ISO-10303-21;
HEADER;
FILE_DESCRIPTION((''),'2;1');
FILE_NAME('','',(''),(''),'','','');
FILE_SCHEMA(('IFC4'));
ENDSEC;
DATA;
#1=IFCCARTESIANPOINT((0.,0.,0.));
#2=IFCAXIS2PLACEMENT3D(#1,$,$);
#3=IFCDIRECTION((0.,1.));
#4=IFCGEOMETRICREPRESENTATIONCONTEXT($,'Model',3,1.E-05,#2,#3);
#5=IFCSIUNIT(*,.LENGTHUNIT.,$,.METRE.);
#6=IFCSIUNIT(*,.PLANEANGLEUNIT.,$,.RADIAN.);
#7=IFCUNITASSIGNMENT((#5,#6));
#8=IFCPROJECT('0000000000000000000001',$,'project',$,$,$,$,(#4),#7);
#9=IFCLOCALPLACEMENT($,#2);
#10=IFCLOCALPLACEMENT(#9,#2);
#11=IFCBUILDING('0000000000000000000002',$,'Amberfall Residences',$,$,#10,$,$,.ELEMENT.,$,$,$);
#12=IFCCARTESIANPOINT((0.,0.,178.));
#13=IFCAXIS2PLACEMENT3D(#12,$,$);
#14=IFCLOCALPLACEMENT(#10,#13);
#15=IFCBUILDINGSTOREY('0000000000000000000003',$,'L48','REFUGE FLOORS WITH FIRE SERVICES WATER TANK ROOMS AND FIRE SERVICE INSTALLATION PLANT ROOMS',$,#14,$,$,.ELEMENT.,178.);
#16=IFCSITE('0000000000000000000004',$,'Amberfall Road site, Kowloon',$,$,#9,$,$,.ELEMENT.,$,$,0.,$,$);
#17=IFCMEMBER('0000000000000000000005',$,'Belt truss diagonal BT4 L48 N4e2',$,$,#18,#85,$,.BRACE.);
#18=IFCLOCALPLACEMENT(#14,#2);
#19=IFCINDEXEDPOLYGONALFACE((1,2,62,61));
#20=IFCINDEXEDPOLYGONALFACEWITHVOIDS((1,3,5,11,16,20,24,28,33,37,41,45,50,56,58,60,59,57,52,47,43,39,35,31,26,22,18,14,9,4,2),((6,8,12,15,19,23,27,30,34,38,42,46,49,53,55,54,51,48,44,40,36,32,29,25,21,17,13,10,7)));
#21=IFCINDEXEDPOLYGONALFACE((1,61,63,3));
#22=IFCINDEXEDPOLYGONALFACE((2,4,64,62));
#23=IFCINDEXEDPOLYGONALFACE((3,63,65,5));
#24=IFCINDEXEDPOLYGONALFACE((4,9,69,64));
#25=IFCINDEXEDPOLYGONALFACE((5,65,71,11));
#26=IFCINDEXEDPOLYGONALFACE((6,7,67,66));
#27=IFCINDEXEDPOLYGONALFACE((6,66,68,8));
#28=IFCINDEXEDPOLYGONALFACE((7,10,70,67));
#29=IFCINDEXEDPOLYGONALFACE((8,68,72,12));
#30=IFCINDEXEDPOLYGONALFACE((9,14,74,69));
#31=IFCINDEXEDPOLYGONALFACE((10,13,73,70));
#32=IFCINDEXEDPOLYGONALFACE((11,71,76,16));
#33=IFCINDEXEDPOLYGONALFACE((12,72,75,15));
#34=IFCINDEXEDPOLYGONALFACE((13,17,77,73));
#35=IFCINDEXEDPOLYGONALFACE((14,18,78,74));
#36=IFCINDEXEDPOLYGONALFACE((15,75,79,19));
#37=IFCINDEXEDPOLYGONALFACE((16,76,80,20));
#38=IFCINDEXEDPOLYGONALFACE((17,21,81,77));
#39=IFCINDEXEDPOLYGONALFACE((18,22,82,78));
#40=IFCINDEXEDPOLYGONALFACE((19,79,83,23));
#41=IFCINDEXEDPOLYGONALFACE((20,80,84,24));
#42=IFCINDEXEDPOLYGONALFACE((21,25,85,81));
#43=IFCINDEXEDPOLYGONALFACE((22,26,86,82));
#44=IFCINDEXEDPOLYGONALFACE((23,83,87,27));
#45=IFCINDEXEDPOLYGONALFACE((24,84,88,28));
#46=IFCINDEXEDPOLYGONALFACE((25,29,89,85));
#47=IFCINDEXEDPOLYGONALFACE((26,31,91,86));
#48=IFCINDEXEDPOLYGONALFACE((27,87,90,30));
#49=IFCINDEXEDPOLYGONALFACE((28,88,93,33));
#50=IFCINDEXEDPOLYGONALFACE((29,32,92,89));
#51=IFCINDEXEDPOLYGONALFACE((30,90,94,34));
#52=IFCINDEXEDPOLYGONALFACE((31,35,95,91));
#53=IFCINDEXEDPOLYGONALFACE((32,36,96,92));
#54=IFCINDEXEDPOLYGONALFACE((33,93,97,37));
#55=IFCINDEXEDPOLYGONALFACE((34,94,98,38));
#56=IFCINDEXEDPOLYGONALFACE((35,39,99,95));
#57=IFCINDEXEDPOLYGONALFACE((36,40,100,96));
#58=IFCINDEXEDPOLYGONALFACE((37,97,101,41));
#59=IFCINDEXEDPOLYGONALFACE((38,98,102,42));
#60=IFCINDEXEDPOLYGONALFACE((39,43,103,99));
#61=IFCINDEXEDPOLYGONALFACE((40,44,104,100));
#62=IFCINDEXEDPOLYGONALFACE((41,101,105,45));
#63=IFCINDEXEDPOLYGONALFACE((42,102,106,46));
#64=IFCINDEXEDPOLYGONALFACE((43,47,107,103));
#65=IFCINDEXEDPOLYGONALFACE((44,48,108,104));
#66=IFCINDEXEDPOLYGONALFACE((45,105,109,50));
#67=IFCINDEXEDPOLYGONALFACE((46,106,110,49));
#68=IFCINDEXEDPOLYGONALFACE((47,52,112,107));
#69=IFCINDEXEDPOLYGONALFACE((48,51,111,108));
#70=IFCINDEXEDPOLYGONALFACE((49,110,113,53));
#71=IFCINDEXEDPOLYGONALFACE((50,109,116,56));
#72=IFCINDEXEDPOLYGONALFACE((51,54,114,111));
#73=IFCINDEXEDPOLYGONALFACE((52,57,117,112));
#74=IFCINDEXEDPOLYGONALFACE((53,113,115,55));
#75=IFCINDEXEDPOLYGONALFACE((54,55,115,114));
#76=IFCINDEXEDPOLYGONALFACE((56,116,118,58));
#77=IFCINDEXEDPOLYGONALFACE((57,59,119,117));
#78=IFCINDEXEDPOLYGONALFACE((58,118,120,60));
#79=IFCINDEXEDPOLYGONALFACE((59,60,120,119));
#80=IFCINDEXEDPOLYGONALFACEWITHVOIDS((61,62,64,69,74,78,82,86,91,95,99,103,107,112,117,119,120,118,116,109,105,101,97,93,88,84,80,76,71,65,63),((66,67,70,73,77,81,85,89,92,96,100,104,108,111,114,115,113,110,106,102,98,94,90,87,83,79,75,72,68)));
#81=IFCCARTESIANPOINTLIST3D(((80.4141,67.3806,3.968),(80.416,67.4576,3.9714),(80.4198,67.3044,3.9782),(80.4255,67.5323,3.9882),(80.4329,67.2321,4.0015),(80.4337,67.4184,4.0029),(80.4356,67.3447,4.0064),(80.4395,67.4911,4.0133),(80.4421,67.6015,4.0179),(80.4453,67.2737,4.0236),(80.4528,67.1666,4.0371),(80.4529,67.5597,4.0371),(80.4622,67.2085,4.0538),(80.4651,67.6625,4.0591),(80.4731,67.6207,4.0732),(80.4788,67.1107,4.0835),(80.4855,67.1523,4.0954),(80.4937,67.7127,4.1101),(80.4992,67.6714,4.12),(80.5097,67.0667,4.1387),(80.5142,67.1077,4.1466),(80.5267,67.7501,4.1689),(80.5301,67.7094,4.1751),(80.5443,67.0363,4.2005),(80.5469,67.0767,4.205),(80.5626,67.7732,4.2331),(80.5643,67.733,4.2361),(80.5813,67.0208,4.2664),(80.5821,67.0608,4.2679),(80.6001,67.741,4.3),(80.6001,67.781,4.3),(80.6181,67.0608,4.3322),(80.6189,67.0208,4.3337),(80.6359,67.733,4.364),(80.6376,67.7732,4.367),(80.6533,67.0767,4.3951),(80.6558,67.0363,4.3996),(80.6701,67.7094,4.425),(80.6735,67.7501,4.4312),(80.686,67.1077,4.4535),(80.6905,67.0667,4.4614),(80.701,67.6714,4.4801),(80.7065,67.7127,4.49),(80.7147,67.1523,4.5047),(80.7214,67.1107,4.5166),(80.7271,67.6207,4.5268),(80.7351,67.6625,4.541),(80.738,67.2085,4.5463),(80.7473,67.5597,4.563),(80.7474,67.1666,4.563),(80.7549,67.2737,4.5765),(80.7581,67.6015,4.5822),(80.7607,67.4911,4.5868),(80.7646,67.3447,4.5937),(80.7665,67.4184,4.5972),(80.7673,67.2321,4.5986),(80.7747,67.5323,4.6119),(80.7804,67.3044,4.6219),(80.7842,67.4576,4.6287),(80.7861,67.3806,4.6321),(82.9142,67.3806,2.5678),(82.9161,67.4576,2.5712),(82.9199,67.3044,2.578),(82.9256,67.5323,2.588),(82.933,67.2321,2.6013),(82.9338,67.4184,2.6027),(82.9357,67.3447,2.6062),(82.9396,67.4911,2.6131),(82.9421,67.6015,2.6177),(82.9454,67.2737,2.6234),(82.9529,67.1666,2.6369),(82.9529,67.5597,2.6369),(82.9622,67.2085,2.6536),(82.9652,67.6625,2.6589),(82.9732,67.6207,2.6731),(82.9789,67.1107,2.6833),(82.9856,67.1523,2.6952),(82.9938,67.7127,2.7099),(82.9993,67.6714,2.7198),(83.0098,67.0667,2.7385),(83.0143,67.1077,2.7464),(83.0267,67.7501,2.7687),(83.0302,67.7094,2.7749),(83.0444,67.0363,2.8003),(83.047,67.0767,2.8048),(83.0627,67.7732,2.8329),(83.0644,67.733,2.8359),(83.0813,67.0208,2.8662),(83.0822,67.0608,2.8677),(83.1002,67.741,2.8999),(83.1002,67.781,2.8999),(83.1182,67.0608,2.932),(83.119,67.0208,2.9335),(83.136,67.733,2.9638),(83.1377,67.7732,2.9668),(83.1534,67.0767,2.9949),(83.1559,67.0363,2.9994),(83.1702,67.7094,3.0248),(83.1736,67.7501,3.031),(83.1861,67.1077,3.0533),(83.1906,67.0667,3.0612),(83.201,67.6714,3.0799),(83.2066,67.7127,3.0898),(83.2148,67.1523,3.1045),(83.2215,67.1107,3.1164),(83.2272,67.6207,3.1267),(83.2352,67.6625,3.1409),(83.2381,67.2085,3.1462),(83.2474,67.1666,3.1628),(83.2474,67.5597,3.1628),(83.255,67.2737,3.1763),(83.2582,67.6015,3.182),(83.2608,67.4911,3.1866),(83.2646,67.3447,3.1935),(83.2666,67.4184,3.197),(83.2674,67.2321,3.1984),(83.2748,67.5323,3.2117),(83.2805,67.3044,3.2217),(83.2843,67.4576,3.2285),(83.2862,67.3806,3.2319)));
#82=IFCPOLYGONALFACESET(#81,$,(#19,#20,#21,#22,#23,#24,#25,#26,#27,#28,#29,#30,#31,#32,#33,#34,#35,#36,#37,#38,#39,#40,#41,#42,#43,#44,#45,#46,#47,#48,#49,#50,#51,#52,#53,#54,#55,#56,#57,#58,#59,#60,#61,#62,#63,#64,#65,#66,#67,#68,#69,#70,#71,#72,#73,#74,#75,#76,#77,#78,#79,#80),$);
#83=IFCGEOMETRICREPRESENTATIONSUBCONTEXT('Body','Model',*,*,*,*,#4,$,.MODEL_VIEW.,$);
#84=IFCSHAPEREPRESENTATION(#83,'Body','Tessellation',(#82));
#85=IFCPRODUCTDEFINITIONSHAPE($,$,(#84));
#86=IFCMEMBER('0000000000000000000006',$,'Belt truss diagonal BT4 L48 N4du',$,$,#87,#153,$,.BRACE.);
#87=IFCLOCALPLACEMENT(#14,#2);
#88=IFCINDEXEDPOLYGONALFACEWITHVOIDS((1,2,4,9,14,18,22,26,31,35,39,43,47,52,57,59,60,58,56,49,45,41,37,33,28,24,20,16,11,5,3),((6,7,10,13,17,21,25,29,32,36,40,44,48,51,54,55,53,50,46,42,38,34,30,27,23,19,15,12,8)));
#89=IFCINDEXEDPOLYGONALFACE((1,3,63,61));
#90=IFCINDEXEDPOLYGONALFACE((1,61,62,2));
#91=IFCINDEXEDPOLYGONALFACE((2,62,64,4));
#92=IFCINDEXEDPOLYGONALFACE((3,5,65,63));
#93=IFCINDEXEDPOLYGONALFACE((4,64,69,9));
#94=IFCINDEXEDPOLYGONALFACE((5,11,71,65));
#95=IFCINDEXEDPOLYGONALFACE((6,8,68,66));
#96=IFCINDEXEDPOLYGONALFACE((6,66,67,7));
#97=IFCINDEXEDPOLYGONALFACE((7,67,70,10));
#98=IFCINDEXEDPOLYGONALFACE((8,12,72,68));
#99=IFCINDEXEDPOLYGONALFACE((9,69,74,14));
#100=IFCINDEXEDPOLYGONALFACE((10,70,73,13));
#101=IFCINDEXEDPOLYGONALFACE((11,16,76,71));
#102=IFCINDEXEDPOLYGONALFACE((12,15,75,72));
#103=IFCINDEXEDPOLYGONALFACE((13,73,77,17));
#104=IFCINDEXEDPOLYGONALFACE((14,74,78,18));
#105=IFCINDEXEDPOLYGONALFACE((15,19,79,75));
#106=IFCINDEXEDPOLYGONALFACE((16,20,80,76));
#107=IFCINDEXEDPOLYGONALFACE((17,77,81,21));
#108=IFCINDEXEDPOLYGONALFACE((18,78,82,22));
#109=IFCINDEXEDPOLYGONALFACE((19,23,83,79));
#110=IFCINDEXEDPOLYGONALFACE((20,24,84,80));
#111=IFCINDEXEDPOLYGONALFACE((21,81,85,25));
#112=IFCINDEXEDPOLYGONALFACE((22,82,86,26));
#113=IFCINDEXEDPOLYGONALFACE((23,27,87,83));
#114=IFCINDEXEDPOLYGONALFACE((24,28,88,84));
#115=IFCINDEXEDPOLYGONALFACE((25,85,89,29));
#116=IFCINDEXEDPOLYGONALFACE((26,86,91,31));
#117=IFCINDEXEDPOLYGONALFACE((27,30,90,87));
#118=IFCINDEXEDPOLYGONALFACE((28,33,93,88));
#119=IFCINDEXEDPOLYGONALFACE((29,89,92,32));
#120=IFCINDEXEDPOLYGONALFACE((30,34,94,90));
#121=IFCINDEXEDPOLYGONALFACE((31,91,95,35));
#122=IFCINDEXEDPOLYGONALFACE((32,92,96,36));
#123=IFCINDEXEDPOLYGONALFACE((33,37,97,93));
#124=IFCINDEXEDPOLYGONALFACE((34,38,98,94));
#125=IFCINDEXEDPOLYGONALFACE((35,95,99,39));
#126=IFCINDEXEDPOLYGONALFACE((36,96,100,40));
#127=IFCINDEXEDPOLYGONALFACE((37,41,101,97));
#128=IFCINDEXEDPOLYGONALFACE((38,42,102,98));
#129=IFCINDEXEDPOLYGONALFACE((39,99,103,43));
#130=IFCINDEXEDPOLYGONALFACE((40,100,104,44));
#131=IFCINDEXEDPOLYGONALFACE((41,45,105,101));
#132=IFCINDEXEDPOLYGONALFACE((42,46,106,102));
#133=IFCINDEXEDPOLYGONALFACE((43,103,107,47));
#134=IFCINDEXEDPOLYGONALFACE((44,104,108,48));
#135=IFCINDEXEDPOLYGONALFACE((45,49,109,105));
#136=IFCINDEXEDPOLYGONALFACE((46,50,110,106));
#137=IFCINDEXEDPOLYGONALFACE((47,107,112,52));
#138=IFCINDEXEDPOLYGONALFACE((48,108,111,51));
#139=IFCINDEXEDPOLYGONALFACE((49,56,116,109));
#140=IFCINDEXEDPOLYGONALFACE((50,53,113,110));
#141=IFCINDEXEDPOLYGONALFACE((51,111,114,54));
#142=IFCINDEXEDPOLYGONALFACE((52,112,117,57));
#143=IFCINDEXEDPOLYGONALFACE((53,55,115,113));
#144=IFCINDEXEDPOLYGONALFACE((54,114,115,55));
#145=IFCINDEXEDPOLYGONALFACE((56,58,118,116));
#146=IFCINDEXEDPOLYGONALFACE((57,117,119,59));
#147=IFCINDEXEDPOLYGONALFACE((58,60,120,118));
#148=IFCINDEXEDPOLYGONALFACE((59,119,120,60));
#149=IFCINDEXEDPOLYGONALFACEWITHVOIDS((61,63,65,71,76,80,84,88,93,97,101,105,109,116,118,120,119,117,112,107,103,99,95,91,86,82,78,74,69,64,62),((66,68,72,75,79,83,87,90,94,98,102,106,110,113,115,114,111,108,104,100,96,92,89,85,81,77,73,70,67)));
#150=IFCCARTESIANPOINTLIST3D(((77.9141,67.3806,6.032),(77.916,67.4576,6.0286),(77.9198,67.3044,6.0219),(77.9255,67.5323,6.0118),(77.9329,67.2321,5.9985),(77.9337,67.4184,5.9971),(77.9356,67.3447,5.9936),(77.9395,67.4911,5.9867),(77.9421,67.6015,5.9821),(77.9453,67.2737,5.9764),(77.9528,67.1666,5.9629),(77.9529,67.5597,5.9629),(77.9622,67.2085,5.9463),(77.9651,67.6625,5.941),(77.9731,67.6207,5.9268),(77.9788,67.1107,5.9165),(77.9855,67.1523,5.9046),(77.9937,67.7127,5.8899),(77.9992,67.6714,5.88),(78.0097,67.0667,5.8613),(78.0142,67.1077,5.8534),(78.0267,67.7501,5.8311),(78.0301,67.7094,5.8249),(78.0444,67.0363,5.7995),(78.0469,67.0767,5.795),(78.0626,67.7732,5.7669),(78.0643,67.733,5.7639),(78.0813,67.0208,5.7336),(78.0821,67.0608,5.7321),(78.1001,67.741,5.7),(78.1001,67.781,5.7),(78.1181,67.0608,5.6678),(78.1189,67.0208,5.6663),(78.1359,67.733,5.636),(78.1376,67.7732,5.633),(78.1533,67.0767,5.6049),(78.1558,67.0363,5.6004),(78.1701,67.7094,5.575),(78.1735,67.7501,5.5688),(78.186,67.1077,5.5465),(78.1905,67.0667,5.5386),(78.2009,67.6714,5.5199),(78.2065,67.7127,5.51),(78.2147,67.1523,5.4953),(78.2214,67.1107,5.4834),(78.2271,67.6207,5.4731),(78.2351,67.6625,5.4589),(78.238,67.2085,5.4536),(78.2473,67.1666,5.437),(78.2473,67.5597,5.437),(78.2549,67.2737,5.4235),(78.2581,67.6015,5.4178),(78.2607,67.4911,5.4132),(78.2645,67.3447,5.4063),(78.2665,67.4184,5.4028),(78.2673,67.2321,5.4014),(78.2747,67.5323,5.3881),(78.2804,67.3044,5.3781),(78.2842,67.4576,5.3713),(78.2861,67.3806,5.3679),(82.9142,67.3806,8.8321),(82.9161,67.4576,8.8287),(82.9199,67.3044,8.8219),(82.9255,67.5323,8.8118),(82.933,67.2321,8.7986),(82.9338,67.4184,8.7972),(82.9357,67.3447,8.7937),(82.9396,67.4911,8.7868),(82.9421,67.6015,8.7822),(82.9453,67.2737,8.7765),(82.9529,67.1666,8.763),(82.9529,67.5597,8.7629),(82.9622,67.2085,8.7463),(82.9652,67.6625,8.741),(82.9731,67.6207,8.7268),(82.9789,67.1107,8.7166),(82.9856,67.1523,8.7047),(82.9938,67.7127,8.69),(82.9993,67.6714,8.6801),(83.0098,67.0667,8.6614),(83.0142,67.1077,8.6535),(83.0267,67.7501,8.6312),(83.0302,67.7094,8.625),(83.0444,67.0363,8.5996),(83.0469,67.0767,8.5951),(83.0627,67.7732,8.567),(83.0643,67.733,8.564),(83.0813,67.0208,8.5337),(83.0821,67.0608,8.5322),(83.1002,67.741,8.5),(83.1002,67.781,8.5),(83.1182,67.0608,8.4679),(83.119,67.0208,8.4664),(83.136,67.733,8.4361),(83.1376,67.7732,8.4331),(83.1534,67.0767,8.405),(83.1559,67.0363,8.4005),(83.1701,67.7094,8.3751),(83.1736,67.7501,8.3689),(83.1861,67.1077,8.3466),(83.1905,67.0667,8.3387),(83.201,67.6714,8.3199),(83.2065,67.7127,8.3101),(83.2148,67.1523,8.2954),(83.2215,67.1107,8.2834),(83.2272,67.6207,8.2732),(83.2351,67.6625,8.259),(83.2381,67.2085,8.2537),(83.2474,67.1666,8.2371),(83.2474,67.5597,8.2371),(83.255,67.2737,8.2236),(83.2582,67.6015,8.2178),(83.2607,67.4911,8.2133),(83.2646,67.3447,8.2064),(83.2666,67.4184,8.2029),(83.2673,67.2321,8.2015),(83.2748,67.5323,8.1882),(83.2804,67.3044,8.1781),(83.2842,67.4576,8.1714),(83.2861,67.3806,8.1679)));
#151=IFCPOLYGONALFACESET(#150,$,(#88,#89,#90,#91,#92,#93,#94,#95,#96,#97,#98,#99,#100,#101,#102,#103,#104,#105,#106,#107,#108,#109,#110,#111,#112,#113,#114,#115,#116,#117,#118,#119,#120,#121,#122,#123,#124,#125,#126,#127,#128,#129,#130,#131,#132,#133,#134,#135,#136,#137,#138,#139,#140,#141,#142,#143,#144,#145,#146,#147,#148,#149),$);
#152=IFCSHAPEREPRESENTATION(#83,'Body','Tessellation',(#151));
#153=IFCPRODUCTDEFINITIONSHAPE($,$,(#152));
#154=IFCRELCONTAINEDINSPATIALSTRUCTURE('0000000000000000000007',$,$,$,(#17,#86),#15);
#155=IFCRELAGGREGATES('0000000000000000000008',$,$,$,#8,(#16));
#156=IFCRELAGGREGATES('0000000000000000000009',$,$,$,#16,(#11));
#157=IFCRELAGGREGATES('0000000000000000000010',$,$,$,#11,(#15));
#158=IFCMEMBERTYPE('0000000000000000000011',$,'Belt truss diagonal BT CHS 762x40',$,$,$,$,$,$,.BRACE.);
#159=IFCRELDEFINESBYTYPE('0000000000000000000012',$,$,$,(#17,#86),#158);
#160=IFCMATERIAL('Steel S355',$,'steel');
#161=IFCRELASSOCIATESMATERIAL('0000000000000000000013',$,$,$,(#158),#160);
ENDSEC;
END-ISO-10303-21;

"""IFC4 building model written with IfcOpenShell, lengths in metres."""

from ifc_helpers import new_model, si_unit, direction, frame, origin, origin_2d, place, context, subcontext, project, spatial, hollow_circle, extrude, material, material_profile, profile_set, type_object, element, save


model = new_model("IFC4")

# Units and contexts
model_context = context("Model", 3, precision=1e-05, world=origin(), true_north=direction((0.0, 1.0)))
body_context = subcontext(model_context, "Body", "Model", "MODEL_VIEW")
ifc_project = project(units=[si_unit("LENGTHUNIT", "METRE"), si_unit("PLANEANGLEUNIT", "RADIAN")], contexts=[model_context])

# Site, building, storey
site_placement = place(None, origin())
site = spatial("IfcSite", under=ifc_project, at=site_placement, Name="Amberfall Road site, Kowloon", CompositionType="ELEMENT", RefElevation=0.0)
building_placement = place(site_placement, origin())
building = spatial("IfcBuilding", under=site, at=building_placement, Name="Amberfall Residences", CompositionType="ELEMENT")
storey_placement = place(building_placement, frame((0.0, 0.0, 178.0)))
storey = spatial("IfcBuildingStorey", under=building, at=storey_placement, Name="L48", Description="REFUGE FLOORS WITH FIRE SERVICES WATER TANK ROOMS AND FIRE SERVICE INSTALLATION PLANT ROOMS", CompositionType="ELEMENT", Elevation=178.0)

# Shared definitions
ifc_material_1 = material(Name="Steel S355", Category="steel")

# Members
ifc_material_profile_1 = material_profile(ifc_material_1, hollow_circle(Radius=0.3811, WallThickness=0.04, at=origin_2d()), Name="CHS 762x40")
ifc_profile_set_1 = profile_set([ifc_material_profile_1], Name="Steel S355")
member_type = type_object("IfcMemberType", Name="Belt truss diagonal BT CHS 762x40", PredefinedType="BRACE", material=ifc_profile_set_1)
member_1_placement = place(storey_placement, frame((80.6001, 67.3999, 4.3), z_axis=(0.872484, 0.0, -0.488642), x_axis=(0.0, 1.0, 0.0)))
element("IfcMember", 1, at=member_1_placement, inside=storey, type_object=member_type, Name="Belt truss diagonal BT4 L48 N4e2", PredefinedType="BRACE", context=body_context, shape_type="SweptSolid", body=[
    extrude(hollow_circle(Radius=0.3811, WallThickness=0.04, at=origin_2d()), origin(), (0.0, 0.0, 1.0), 2.8655),
])
member_2_placement = place(storey_placement, frame((78.1001, 67.3999, 5.7), z_axis=(0.872502, 0.0, 0.48861), x_axis=(0.0, 1.0, 0.0)))
element("IfcMember", 2, at=member_2_placement, inside=storey, type_object=member_type, Name="Belt truss diagonal BT4 L48 N4du", PredefinedType="BRACE", context=body_context, shape_type="SweptSolid", body=[
    extrude(hollow_circle(Radius=0.3811, WallThickness=0.04, at=origin_2d()), origin(), (0.0, 0.0, 1.0), 5.7307),
])

save(model, "model.ifc")
